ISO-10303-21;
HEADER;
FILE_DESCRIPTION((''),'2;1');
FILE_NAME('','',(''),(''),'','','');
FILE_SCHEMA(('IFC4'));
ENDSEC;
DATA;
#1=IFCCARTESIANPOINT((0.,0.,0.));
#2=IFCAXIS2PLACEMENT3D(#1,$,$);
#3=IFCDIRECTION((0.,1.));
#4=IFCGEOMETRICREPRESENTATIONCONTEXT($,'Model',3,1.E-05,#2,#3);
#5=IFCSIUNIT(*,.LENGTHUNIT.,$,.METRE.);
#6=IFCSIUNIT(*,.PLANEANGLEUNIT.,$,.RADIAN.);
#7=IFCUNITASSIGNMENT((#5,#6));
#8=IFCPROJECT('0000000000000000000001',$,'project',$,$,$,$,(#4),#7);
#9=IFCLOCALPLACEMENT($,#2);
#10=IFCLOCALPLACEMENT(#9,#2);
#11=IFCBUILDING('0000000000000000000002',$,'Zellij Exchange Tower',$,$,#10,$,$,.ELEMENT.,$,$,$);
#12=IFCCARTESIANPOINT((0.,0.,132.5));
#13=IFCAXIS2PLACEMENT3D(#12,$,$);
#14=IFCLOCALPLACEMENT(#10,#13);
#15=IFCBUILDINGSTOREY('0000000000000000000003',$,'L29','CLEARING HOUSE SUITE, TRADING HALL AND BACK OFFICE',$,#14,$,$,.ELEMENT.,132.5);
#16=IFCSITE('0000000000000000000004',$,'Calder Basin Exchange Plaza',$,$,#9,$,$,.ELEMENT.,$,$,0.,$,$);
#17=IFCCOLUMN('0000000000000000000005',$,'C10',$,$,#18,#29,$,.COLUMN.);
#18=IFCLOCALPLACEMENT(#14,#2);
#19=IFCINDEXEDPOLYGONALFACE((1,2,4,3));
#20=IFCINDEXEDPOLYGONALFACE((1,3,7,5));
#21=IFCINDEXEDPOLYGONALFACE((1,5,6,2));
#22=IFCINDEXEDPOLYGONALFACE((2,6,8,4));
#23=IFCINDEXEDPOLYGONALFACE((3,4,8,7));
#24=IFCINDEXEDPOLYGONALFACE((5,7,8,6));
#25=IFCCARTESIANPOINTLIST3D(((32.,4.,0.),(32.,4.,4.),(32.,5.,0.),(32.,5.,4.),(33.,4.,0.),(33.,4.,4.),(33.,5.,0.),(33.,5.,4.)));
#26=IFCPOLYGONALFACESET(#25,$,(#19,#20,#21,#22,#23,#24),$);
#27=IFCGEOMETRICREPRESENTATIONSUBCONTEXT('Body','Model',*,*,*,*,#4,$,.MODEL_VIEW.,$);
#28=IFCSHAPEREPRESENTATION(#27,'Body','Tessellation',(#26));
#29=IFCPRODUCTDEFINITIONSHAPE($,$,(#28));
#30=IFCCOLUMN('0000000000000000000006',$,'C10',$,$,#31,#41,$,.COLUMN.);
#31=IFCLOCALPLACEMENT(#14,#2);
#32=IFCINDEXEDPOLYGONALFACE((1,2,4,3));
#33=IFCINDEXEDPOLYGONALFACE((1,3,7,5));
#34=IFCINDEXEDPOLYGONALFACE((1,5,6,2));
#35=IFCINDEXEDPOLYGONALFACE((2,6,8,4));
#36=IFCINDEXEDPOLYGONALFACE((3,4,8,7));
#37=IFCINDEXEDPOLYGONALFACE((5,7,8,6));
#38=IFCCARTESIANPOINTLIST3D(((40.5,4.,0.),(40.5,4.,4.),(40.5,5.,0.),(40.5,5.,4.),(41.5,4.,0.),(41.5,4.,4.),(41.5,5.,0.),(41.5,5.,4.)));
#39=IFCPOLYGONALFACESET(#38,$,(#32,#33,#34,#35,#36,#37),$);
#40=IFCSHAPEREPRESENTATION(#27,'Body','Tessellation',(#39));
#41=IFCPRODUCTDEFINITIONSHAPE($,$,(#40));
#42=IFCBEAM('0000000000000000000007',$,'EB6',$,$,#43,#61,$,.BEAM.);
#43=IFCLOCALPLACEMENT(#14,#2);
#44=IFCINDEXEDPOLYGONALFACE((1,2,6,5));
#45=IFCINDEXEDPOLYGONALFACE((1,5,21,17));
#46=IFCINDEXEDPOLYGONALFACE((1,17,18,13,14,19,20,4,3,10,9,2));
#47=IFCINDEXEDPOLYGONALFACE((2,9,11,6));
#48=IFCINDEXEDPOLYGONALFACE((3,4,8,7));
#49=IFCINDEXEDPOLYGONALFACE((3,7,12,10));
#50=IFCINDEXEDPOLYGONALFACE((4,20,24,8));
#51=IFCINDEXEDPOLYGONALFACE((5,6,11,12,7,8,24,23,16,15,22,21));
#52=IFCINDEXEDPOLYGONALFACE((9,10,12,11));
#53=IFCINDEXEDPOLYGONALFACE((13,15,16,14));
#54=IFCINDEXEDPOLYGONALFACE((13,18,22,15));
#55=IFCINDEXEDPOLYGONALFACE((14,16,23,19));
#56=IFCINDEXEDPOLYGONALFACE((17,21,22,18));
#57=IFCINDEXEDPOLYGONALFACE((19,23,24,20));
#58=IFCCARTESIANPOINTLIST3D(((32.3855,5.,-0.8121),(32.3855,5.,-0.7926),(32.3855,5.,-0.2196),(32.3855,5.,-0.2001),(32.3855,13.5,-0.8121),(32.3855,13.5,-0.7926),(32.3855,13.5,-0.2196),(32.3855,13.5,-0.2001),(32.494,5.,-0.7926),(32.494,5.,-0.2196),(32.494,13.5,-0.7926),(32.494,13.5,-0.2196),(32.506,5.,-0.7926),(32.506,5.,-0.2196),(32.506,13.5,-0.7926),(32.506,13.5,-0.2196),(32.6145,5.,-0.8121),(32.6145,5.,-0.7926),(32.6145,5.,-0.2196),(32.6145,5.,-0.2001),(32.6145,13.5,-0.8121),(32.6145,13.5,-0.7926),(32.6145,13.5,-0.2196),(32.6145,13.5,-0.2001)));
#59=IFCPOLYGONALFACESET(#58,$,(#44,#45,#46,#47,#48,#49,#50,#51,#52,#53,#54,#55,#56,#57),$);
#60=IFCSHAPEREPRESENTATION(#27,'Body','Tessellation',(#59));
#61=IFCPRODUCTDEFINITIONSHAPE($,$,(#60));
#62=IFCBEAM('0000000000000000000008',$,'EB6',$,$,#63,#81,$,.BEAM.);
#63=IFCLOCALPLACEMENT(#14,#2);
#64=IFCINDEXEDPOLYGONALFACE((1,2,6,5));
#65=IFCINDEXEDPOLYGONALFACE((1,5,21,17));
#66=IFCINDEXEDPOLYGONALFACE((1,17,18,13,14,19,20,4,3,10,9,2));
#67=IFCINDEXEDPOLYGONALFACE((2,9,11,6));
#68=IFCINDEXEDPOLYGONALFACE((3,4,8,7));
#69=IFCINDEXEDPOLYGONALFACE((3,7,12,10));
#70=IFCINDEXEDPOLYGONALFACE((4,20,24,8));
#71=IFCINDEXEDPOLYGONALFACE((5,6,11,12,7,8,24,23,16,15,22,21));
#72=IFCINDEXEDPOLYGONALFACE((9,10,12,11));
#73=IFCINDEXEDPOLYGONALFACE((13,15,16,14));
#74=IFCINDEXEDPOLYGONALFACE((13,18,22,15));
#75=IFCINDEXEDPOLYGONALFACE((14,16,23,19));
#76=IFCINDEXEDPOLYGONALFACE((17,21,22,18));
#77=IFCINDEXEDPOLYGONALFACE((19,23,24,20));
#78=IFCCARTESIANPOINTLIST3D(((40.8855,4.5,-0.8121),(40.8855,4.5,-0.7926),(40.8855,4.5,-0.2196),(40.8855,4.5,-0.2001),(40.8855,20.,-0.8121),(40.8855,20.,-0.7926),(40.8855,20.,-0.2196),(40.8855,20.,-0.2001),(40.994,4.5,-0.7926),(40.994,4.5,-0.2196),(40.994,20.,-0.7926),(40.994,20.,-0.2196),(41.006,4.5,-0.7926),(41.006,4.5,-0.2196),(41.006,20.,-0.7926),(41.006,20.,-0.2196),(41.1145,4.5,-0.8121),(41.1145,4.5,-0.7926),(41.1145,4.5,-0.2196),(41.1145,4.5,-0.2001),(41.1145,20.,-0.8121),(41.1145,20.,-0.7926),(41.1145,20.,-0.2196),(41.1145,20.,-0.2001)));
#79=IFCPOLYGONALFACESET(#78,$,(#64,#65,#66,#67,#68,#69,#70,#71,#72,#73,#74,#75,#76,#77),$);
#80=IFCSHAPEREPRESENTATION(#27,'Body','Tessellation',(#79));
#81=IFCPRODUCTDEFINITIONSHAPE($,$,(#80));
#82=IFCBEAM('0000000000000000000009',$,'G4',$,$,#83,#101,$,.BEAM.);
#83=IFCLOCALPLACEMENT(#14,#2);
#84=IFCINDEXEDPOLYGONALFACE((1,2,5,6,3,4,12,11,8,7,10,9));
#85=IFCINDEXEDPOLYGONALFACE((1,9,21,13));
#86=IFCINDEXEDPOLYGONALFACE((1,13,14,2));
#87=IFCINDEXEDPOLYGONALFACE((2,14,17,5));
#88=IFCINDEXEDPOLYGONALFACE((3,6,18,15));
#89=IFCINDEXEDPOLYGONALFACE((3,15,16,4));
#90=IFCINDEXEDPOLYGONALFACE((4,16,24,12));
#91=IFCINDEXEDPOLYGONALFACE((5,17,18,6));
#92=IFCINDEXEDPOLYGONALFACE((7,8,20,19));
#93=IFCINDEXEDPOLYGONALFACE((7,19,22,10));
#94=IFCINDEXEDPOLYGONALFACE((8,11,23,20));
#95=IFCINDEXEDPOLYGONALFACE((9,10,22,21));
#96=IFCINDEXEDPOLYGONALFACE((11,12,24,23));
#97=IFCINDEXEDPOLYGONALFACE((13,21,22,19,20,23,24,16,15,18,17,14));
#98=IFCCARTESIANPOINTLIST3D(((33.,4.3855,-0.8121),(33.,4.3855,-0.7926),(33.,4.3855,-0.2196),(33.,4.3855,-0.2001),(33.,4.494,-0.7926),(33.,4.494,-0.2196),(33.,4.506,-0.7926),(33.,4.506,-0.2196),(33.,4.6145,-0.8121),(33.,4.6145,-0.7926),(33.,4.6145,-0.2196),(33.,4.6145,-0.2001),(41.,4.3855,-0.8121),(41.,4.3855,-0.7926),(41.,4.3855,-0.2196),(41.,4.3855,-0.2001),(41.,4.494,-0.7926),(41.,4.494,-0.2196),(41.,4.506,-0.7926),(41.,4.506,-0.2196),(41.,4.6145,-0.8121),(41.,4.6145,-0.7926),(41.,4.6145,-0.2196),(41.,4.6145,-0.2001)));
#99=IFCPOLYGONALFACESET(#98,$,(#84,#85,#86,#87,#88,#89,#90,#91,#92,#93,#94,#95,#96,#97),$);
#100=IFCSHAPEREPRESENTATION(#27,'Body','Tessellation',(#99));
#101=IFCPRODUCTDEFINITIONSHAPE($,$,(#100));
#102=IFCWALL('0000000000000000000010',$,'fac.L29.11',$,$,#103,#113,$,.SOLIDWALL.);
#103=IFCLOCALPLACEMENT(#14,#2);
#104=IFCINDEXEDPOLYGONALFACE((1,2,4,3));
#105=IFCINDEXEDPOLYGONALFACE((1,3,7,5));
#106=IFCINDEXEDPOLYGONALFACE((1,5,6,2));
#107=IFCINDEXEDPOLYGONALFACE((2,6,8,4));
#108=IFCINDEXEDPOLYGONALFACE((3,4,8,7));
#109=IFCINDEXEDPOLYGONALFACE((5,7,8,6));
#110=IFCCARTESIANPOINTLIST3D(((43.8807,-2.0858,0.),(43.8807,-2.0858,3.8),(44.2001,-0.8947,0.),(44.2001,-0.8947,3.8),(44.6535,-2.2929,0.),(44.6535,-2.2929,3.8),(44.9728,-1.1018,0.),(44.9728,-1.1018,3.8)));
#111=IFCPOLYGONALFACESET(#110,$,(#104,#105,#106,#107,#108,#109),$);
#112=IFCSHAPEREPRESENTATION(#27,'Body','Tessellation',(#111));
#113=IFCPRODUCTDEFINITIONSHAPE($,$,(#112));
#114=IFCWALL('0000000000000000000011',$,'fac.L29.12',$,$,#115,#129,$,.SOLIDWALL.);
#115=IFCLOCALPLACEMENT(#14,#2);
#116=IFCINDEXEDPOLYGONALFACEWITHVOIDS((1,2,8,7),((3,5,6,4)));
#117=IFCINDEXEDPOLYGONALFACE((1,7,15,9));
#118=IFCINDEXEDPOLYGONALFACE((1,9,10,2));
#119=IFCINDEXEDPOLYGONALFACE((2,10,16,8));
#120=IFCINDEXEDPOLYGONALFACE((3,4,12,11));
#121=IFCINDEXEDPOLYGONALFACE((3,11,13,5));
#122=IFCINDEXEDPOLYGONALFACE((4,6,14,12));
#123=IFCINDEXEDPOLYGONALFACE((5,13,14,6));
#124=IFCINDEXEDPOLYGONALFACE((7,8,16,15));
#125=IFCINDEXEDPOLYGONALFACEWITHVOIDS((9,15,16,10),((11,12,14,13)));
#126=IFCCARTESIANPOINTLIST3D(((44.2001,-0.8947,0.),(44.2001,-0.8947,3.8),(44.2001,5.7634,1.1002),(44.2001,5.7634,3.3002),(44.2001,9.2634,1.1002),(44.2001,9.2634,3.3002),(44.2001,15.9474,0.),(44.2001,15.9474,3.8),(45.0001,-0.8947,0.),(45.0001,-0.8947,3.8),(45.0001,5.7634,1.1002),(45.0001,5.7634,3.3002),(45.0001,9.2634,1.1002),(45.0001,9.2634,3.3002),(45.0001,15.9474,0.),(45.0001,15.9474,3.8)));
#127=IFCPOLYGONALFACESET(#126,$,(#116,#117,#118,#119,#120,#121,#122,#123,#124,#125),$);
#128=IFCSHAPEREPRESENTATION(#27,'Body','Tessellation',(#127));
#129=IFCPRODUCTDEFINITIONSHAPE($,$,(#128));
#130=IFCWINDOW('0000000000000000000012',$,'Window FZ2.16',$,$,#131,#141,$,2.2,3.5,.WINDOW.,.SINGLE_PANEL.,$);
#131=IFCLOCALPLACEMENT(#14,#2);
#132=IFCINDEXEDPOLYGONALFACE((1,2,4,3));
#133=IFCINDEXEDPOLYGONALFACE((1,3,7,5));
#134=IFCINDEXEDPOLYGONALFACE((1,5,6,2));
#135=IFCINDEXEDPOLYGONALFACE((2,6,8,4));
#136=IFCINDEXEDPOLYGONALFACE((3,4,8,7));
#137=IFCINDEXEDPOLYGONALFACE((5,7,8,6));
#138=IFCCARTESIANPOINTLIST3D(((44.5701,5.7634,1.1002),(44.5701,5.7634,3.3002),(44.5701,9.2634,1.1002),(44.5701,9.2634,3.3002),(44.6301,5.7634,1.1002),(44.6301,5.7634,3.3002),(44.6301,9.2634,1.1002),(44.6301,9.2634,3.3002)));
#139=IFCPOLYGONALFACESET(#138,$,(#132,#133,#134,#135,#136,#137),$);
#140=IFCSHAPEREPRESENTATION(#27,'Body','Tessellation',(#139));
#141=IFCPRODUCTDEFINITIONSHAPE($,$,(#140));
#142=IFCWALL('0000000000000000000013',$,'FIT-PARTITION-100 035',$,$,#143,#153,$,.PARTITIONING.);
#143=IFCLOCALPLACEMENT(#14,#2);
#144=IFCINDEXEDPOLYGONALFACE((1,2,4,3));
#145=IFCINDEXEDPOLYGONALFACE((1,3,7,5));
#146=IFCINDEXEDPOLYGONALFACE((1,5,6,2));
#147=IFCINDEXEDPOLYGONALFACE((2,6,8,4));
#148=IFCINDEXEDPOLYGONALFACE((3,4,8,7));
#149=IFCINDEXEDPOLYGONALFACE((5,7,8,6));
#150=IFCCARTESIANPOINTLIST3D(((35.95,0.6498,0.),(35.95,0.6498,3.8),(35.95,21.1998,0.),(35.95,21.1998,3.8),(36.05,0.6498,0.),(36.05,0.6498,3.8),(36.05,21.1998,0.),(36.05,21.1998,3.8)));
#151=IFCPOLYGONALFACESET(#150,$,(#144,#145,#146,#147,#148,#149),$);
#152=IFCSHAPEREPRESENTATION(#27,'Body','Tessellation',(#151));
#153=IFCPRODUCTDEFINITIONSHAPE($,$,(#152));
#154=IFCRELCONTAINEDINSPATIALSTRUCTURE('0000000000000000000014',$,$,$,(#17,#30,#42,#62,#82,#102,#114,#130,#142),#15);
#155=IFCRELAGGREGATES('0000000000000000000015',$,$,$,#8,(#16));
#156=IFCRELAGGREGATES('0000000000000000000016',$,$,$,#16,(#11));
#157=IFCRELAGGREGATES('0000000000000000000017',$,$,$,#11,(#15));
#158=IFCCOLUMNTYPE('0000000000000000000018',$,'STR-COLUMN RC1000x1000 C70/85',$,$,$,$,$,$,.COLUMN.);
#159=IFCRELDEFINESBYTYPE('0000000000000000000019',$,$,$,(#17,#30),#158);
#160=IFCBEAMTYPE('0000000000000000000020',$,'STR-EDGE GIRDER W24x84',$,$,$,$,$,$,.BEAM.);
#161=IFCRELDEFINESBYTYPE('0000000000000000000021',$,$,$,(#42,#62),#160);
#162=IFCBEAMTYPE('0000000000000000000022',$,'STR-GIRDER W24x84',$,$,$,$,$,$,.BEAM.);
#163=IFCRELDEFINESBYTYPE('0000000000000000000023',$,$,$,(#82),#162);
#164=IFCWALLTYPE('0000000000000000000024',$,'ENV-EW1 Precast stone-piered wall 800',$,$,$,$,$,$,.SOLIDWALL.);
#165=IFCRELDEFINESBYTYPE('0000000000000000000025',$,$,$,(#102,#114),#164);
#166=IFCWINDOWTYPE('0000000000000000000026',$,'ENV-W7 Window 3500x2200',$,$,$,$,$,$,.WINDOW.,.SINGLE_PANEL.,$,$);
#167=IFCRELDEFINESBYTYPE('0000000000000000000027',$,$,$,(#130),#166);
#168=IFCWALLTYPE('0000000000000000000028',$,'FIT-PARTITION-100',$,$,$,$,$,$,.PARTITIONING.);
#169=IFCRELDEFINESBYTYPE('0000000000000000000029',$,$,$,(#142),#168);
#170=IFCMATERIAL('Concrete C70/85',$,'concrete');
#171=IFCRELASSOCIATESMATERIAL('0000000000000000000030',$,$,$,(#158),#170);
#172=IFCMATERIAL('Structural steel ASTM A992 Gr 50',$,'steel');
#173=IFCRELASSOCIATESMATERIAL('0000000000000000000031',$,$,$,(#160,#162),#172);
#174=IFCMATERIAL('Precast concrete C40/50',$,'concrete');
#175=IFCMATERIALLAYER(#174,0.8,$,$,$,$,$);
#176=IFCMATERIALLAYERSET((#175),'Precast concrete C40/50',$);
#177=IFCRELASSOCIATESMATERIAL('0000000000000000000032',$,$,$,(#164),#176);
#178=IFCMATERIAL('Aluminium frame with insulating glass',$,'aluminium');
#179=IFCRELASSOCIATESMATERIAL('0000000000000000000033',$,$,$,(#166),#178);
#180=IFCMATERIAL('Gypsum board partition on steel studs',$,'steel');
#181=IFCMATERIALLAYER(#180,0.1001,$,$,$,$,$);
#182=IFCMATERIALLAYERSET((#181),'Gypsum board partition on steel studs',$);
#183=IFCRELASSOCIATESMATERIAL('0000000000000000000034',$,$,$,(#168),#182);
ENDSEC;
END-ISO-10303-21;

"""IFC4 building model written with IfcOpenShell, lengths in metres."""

from ifc_helpers import new_model, si_unit, direction, frame, frame_2d, origin, origin_2d, place, context, subcontext, project, spatial, rectangle, i_section, extrude, material, layer, layer_set, material_profile, profile_set, type_object, element, fill, save


model = new_model("IFC4")

# Units and contexts
model_context = context("Model", 3, precision=1e-05, world=origin(), true_north=direction((0.0, 1.0)))
body_context = subcontext(model_context, "Body", "Model", "MODEL_VIEW")
ifc_project = project(units=[si_unit("LENGTHUNIT", "METRE"), si_unit("PLANEANGLEUNIT", "RADIAN")], contexts=[model_context])

# Site, building, storey
site_placement = place(None, origin())
site = spatial("IfcSite", under=ifc_project, at=site_placement, Name="Calder Basin Exchange Plaza", CompositionType="ELEMENT", RefElevation=0.0)
building_placement = place(site_placement, origin())
building = spatial("IfcBuilding", under=site, at=building_placement, Name="Zellij Exchange Tower", CompositionType="ELEMENT")
storey_placement = place(building_placement, frame((0.0, 0.0, 132.5)))
storey = spatial("IfcBuildingStorey", under=building, at=storey_placement, Name="L29", Description="CLEARING HOUSE SUITE, TRADING HALL AND BACK OFFICE", CompositionType="ELEMENT", Elevation=132.5)

# Columns
ifc_material_1 = material(Name="Concrete C70/85", Category="concrete")
ifc_material_profile_1 = material_profile(ifc_material_1, rectangle(XDim=1.0, YDim=1.0, at=origin_2d()), Name="STR-COLUMN RC1000x1000 C70/85")
ifc_profile_set_1 = profile_set([ifc_material_profile_1], Name="Concrete C70/85")
column_type = type_object("IfcColumnType", Name="STR-COLUMN RC1000x1000 C70/85", PredefinedType="COLUMN", material=ifc_profile_set_1)
for number, where, z_axis, x_axis, name in (
    (1, (32.5, 4.5, 0.0), (0.0, 0.0, 1.0), (1.0, 0.0, 0.0), "C10"),
    (2, (41.0, 4.5, 0.0), (0.0, 0.0, 1.0), (1.0, 0.0, 0.0), "C10"),
):
    element("IfcColumn", number, at=place(storey_placement, frame(where, z_axis=z_axis, x_axis=x_axis)), inside=storey, type_object=column_type, Name=name, PredefinedType="COLUMN", context=body_context, shape_type="SweptSolid", body=[
        extrude(rectangle(XDim=1.0, YDim=1.0, at=origin_2d()), origin(), (0.0, 0.0, 1.0), 4.0),
    ])

# Beams
ifc_material_2 = material(Name="Structural steel ASTM A992 Gr 50", Category="steel")
ifc_material_profile_2 = material_profile(ifc_material_2, i_section(OverallWidth=0.229, OverallDepth=0.6121, WebThickness=0.012, FlangeThickness=0.0195, at=origin_2d()), Name="W24x84")
ifc_profile_set_2 = profile_set([ifc_material_profile_2], Name="Structural steel ASTM A992 Gr 50")
beam_type_1 = type_object("IfcBeamType", Name="STR-EDGE GIRDER W24x84", PredefinedType="BEAM", material=ifc_profile_set_2)
beam_1_placement = place(storey_placement, frame((32.5, 5.0, -0.5061), z_axis=(0.0, 1.0, 0.0), x_axis=(-1.0, 0.0, 0.0)))
element("IfcBeam", 3, at=beam_1_placement, inside=storey, type_object=beam_type_1, Name="EB6", PredefinedType="BEAM", context=body_context, shape_type="SweptSolid", body=[
    extrude(i_section(OverallWidth=0.229, OverallDepth=0.6121, WebThickness=0.012, FlangeThickness=0.0195, at=origin_2d()), origin(), (0.0, 0.0, 1.0), 8.5),
])
beam_2_placement = place(storey_placement, frame((41.0, 4.5, -0.5061), z_axis=(0.0, 1.0, 0.0), x_axis=(-1.0, 0.0, 0.0)))
element("IfcBeam", 4, at=beam_2_placement, inside=storey, type_object=beam_type_1, Name="EB6", PredefinedType="BEAM", context=body_context, shape_type="SweptSolid", body=[
    extrude(i_section(OverallWidth=0.229, OverallDepth=0.6121, WebThickness=0.012, FlangeThickness=0.0195, at=origin_2d()), origin(), (0.0, 0.0, 1.0), 15.5),
])
ifc_material_profile_3 = material_profile(ifc_material_2, i_section(OverallWidth=0.229, OverallDepth=0.6121, WebThickness=0.012, FlangeThickness=0.0195, at=origin_2d()), Name="W24x84")
ifc_profile_set_3 = profile_set([ifc_material_profile_3], Name="Structural steel ASTM A992 Gr 50")
beam_type_2 = type_object("IfcBeamType", Name="STR-GIRDER W24x84", PredefinedType="BEAM", material=ifc_profile_set_3)
beam_3_placement = place(storey_placement, frame((33.0, 4.5, -0.5061), z_axis=(1.0, 0.0, 0.0), x_axis=(0.0, 1.0, 0.0)))
element("IfcBeam", 5, at=beam_3_placement, inside=storey, type_object=beam_type_2, Name="G4", PredefinedType="BEAM", context=body_context, shape_type="SweptSolid", body=[
    extrude(i_section(OverallWidth=0.229, OverallDepth=0.6121, WebThickness=0.012, FlangeThickness=0.0195, at=origin_2d()), origin(), (0.0, 0.0, 1.0), 8.0),
])

# Wall
ifc_material_3 = material(Name="Precast concrete C40/50", Category="concrete")
ifc_layer_1 = layer(ifc_material_3, 0.8)
ifc_layer_set_1 = layer_set([ifc_layer_1], Name="Precast concrete C40/50")
wall_type_1 = type_object("IfcWallType", Name="ENV-EW1 Precast stone-piered wall 800", PredefinedType="SOLIDWALL", material=ifc_layer_set_1)
wall_1_placement = place(storey_placement, frame((44.2671, -2.1895, 0.0), z_axis=(0.0, 0.0, 1.0), x_axis=(0.258944, 0.965892, 0.0)))
element("IfcWall", 6, at=wall_1_placement, inside=storey, type_object=wall_type_1, Name="fac.L29.11", PredefinedType="SOLIDWALL", context=body_context, shape_type="SweptSolid", body=[
    extrude(rectangle(XDim=1.2332, YDim=0.8, at=frame_2d((0.6167, 0.0))), origin(), (0.0, 0.0, 1.0), 3.8),
])

# Wall, opening, window
wall_2_placement = place(storey_placement, frame((44.6001, -0.8945, 0.0), z_axis=(0.0, 0.0, 1.0), x_axis=(0.0, 1.0, 0.0)))
wall_2 = element("IfcWall", 7, at=wall_2_placement, inside=storey, type_object=wall_type_1, Name="fac.L29.12", PredefinedType="SOLIDWALL", context=body_context, shape_type="SweptSolid", body=[
    extrude(rectangle(XDim=16.842, YDim=0.8, at=frame_2d((8.4209, 0.0))), origin(), (0.0, 0.0, 1.0), 3.8),
])
opening_1_placement = place(wall_2_placement, frame((6.658, 0.0, 1.1001)))
opening_1 = element("IfcOpeningElement", 8, at=opening_1_placement, cuts=wall_2, PredefinedType="OPENING", context=body_context, shape_type="SweptSolid", body=[
    extrude(rectangle(XDim=3.5, YDim=2.2, at=frame_2d((1.75, 1.1001))), frame((0.0, 0.4121, 0.0), z_axis=(0.0, -1.0, 0.0), x_axis=(1.0, 0.0, 0.0)), (0.0, 0.0, 1.0), 0.824),
])
ifc_material_4 = material(Name="Aluminium frame with insulating glass", Category="aluminium")
window_type = type_object("IfcWindowType", Name="ENV-W7 Window 3500x2200", PartitioningType="SINGLE_PANEL", PredefinedType="WINDOW", material=ifc_material_4)
window_placement = place(opening_1_placement, origin())
window = element("IfcWindow", 9, at=window_placement, inside=storey, type_object=window_type, Name="Window FZ2.16", OverallHeight=2.2, OverallWidth=3.5, PartitioningType="SINGLE_PANEL", PredefinedType="WINDOW", context=body_context, shape_type="SweptSolid", body=[
    extrude(rectangle(XDim=3.5, YDim=2.2, at=frame_2d((1.75, 1.1001))), frame((0.0, 0.03, 0.0), z_axis=(0.0, -1.0, 0.0), x_axis=(1.0, 0.0, 0.0)), (0.0, 0.0, 1.0), 0.0601),
])
fill(opening_1, window)

# Wall
ifc_material_5 = material(Name="Gypsum board partition on steel studs", Category="steel")
ifc_layer_2 = layer(ifc_material_5, 0.1001)
ifc_layer_set_2 = layer_set([ifc_layer_2], Name="Gypsum board partition on steel studs")
wall_type_2 = type_object("IfcWallType", Name="FIT-PARTITION-100", PredefinedType="PARTITIONING", material=ifc_layer_set_2)
wall_3_placement = place(storey_placement, frame((36.0, 0.6499, 0.0), z_axis=(0.0, 0.0, 1.0), x_axis=(0.0, 1.0, 0.0)))
element("IfcWall", 10, at=wall_3_placement, inside=storey, type_object=wall_type_2, Name="FIT-PARTITION-100 035", PredefinedType="PARTITIONING", context=body_context, shape_type="SweptSolid", body=[
    extrude(rectangle(XDim=20.55, YDim=0.1001, at=frame_2d((10.2749, 0.0))), origin(), (0.0, 0.0, 1.0), 3.8),
])

save(model, "model.ifc")
